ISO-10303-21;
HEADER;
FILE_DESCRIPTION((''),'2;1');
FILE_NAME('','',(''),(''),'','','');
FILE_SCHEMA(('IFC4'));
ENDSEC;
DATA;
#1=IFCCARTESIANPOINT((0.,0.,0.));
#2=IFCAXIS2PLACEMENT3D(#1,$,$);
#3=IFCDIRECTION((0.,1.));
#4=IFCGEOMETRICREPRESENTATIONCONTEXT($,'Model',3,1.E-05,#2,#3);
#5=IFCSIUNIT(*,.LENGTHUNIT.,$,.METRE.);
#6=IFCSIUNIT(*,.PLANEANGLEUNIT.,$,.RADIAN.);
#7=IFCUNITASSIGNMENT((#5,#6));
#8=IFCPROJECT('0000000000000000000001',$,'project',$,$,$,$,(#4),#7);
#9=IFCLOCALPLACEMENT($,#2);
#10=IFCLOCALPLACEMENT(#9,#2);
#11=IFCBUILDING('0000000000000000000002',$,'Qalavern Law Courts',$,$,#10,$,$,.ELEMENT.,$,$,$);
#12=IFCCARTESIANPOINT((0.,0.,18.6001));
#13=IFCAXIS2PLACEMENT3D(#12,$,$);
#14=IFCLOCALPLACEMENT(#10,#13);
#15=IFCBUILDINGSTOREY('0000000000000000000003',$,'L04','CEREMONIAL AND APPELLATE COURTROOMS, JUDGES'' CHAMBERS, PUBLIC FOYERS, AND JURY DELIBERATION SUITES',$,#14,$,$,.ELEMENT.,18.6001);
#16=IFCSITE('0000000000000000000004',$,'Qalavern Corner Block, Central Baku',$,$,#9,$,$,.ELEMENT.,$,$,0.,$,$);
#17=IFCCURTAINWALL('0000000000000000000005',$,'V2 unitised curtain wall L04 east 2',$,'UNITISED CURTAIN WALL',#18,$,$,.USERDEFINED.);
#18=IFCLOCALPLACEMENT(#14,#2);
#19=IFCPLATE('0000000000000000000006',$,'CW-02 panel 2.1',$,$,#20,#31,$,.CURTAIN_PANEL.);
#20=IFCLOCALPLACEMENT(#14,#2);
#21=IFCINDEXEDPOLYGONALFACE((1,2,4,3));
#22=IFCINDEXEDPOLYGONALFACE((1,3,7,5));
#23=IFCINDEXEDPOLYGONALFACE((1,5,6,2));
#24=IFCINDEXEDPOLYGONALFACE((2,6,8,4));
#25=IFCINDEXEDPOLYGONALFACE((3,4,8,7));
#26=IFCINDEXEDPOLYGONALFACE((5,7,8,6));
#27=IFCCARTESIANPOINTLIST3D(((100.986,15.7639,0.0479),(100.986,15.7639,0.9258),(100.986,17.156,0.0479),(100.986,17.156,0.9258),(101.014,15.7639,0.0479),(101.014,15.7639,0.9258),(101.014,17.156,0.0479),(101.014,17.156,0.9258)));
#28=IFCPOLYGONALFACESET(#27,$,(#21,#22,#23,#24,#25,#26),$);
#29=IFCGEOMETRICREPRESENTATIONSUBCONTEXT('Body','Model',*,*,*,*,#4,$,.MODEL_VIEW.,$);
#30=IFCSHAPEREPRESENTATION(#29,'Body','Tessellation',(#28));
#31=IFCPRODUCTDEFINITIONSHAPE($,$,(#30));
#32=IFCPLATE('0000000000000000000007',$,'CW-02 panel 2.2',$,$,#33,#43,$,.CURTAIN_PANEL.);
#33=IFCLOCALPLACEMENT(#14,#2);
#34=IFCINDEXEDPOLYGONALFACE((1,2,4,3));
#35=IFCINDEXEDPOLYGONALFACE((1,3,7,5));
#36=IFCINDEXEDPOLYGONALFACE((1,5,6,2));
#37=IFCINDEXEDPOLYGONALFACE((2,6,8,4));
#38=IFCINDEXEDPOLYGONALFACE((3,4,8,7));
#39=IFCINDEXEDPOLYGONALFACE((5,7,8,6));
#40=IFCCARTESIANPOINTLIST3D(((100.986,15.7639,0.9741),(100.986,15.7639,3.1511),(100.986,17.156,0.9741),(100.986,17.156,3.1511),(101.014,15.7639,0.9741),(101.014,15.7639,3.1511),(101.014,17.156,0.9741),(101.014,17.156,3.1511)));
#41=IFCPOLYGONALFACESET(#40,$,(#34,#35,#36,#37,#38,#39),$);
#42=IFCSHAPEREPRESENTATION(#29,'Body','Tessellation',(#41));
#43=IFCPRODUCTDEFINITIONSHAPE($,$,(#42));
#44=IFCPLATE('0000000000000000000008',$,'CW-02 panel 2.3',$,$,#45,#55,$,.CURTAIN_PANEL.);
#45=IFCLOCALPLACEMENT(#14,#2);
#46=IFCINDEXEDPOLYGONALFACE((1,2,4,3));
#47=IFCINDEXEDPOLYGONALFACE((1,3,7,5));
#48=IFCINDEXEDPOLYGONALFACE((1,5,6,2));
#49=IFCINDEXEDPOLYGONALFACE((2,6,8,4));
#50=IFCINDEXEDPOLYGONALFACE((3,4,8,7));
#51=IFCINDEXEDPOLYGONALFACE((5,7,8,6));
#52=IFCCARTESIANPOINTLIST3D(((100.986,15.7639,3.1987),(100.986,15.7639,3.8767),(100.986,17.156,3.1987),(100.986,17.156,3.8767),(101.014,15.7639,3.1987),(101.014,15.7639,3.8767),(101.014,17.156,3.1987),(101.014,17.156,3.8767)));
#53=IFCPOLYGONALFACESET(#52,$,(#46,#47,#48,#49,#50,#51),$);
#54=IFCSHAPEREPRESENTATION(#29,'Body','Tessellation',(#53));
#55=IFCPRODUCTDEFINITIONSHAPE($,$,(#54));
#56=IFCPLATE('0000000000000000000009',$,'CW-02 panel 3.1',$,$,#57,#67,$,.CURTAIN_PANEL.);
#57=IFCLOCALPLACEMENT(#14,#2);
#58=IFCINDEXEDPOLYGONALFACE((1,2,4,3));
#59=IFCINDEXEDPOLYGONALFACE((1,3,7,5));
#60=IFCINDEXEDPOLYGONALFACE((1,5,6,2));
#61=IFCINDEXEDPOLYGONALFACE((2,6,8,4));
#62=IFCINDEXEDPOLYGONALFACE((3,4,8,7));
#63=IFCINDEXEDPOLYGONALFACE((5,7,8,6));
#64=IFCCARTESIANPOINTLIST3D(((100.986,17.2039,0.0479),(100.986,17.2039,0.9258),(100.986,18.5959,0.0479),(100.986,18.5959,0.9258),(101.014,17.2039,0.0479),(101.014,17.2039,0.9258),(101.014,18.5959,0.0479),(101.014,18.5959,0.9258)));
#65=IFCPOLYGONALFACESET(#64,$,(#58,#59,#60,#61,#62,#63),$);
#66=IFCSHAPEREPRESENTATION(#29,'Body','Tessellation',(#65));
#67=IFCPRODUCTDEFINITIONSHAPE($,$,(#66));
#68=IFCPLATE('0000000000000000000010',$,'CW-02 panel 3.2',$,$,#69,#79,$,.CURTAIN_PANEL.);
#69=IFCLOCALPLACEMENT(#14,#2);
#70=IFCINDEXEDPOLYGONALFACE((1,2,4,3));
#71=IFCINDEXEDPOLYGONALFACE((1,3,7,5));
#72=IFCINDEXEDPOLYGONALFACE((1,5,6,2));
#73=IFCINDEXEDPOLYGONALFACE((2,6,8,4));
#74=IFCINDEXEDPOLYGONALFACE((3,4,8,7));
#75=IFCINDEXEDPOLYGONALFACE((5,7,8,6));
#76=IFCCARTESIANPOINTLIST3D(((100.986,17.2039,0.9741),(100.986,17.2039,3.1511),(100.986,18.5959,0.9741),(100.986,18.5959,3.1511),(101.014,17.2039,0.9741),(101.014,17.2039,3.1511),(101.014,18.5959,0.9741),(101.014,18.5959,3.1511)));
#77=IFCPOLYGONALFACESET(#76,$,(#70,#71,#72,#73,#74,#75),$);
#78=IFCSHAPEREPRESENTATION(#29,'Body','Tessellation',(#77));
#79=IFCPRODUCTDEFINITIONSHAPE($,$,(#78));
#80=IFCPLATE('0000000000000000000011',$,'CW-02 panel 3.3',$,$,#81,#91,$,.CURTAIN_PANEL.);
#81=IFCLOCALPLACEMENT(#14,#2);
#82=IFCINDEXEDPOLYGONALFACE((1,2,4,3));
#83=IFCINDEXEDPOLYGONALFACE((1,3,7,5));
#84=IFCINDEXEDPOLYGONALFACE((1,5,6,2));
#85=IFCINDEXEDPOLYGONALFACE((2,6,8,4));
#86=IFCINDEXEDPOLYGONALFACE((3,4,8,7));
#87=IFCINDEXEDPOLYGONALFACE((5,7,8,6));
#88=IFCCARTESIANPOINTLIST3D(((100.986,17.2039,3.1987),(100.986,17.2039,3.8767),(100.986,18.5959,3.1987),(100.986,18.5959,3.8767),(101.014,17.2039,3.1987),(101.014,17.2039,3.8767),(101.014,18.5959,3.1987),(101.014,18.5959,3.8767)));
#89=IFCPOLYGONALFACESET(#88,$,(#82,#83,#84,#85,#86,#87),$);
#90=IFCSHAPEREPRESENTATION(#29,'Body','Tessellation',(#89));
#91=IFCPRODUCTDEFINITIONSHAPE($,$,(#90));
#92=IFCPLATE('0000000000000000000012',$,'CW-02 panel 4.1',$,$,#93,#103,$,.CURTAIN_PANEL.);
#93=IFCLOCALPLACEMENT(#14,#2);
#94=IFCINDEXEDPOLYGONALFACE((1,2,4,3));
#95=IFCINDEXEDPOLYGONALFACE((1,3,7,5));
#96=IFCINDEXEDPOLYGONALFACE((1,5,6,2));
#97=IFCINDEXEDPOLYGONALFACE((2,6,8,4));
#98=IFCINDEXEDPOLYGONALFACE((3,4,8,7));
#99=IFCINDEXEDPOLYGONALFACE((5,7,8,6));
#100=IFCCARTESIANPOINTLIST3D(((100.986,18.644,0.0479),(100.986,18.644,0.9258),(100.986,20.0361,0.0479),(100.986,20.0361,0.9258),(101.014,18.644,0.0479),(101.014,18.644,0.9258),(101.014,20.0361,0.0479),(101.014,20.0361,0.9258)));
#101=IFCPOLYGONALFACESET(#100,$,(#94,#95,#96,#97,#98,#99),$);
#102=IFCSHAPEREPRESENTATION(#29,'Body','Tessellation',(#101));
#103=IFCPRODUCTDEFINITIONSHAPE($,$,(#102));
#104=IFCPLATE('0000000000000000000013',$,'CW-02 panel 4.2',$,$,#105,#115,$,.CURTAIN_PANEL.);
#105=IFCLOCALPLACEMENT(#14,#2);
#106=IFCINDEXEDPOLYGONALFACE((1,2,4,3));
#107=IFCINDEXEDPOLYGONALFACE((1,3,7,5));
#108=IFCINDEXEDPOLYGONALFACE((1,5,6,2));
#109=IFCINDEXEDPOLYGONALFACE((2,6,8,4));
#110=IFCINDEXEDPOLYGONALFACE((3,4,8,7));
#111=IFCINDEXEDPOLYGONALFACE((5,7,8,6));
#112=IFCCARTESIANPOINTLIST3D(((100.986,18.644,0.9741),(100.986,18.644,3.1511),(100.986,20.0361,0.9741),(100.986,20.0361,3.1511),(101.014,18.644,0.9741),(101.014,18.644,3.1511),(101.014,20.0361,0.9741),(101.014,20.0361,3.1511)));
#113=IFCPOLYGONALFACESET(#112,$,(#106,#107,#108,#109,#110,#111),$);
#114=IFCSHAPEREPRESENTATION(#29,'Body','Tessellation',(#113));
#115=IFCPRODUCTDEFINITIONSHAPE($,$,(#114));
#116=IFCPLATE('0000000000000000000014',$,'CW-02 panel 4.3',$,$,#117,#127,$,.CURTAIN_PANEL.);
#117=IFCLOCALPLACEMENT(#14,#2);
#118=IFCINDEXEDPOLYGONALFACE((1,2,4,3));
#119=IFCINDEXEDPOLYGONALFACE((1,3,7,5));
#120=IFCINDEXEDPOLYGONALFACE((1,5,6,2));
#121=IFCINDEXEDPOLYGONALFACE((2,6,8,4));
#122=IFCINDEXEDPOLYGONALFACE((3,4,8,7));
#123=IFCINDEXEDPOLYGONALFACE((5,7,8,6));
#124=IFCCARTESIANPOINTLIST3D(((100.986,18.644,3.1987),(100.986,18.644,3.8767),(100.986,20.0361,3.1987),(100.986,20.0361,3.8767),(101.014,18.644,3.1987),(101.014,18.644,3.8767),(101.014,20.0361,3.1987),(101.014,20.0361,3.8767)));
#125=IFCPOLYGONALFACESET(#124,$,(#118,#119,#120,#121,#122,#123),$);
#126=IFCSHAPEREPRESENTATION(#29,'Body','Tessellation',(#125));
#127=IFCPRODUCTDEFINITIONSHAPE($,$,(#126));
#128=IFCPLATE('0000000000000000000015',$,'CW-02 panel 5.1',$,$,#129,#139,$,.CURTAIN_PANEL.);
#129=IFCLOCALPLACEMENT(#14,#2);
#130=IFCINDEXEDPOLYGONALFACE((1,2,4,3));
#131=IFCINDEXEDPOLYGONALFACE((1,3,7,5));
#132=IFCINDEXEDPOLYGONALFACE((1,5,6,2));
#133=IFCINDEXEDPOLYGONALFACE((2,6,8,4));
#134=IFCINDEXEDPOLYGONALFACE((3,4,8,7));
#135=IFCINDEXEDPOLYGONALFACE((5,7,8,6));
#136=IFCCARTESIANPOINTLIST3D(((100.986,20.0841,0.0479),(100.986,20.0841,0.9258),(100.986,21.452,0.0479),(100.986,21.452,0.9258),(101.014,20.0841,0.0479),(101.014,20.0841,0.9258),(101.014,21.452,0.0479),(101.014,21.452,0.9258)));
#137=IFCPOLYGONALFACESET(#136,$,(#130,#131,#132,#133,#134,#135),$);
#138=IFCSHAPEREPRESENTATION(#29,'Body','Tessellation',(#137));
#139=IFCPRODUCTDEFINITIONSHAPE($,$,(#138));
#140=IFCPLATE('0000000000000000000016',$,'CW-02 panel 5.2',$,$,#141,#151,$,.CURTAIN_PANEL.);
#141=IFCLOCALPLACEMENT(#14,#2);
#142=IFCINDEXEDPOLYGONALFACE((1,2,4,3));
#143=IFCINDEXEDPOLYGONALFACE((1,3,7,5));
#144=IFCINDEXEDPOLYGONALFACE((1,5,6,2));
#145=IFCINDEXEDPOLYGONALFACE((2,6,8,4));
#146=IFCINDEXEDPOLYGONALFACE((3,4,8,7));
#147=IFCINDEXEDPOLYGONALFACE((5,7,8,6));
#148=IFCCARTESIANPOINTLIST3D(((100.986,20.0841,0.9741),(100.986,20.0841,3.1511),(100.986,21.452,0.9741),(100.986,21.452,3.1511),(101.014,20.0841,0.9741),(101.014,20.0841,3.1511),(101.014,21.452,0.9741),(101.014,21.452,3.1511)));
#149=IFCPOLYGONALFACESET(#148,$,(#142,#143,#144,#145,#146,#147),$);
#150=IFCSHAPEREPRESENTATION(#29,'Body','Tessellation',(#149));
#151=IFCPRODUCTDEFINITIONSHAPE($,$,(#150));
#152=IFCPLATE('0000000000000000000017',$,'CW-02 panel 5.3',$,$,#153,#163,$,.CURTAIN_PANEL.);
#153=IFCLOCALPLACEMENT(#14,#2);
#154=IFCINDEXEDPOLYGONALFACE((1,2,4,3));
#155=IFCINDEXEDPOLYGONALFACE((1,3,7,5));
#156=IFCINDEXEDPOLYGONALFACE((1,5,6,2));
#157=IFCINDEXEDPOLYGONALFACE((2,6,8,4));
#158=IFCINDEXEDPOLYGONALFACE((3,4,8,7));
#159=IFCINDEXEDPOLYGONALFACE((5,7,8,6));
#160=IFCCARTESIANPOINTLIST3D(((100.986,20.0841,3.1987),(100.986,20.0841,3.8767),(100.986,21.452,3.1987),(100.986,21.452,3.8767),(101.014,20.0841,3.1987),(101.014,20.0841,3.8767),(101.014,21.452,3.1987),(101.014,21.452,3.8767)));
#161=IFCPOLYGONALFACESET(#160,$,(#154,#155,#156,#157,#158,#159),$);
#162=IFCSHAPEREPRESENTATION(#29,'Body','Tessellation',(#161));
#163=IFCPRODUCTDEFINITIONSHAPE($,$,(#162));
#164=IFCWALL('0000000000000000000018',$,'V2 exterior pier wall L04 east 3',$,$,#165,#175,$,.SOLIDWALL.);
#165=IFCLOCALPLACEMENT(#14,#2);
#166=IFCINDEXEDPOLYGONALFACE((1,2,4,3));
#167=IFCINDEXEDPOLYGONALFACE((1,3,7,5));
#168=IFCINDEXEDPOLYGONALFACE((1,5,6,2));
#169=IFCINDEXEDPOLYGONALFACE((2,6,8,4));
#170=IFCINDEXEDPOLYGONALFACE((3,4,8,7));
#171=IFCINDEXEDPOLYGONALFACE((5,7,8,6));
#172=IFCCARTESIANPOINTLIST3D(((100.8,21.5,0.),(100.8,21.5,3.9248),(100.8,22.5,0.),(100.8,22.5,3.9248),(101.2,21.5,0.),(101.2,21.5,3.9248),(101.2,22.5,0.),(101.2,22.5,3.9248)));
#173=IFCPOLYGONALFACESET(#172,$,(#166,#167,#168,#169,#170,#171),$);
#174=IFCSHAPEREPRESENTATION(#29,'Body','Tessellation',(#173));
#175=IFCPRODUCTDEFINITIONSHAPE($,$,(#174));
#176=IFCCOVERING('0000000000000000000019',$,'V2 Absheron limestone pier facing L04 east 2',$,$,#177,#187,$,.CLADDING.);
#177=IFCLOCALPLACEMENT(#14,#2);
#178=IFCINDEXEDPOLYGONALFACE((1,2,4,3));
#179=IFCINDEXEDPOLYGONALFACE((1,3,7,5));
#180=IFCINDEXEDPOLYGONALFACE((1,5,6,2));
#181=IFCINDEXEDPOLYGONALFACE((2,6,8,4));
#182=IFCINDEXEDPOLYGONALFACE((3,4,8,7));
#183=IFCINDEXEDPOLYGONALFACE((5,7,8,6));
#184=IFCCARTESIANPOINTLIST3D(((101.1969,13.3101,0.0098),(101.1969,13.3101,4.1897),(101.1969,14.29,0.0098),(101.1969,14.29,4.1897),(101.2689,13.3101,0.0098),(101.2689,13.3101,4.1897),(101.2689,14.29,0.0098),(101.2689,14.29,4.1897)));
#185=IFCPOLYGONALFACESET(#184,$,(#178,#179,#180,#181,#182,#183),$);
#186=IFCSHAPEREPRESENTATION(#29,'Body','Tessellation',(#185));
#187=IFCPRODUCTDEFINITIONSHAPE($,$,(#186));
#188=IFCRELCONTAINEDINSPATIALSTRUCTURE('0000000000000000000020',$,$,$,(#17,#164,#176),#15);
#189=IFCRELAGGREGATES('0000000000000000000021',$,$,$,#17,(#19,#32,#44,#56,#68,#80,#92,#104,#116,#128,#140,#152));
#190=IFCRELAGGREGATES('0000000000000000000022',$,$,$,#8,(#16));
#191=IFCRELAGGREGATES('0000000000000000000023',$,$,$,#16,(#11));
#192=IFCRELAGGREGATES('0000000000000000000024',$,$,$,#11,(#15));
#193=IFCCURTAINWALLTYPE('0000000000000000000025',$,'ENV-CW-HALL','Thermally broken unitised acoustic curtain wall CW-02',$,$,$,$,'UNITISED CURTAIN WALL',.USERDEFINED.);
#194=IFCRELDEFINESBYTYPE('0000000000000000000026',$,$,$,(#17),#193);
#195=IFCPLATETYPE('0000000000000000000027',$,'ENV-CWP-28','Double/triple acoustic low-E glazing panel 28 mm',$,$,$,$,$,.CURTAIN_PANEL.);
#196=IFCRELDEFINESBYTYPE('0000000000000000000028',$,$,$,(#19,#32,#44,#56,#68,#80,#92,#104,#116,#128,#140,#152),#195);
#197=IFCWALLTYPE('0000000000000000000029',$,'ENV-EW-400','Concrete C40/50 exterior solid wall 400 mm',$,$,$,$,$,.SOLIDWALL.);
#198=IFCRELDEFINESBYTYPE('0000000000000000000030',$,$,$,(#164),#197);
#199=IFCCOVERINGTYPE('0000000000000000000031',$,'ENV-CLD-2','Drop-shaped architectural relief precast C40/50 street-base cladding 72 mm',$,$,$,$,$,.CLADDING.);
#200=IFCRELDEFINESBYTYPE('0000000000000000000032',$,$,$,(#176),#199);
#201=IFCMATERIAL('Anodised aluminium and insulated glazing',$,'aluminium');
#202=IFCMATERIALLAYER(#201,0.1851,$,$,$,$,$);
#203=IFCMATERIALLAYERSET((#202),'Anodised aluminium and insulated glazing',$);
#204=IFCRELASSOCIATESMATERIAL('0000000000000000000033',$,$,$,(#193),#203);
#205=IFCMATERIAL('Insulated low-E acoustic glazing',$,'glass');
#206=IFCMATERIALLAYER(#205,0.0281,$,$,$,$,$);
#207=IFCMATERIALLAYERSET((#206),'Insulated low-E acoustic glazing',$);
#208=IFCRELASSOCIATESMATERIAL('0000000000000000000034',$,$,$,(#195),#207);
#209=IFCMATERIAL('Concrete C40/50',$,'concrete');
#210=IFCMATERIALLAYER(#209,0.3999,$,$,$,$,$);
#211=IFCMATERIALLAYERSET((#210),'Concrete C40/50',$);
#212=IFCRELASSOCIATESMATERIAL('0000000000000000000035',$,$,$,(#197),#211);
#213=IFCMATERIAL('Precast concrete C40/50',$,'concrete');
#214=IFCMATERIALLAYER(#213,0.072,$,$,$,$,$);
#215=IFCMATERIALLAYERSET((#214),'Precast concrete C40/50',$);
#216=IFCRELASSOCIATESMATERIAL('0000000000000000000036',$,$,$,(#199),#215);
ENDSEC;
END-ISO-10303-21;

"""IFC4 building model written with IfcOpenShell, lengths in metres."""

from ifc_helpers import new_model, si_unit, direction, frame, frame_2d, origin, origin_2d, place, context, subcontext, project, spatial, rectangle, extrude, material, layer, layer_set, type_object, element, aggregate, save


model = new_model("IFC4")

# Units and contexts
model_context = context("Model", 3, precision=1e-05, world=origin(), true_north=direction((0.0, 1.0)))
body_context = subcontext(model_context, "Body", "Model", "MODEL_VIEW")
ifc_project = project(units=[si_unit("LENGTHUNIT", "METRE"), si_unit("PLANEANGLEUNIT", "RADIAN")], contexts=[model_context])

# Site, building, storey
site_placement = place(None, origin())
site = spatial("IfcSite", under=ifc_project, at=site_placement, Name="Qalavern Corner Block, Central Baku", CompositionType="ELEMENT", RefElevation=0.0)
building_placement = place(site_placement, origin())
building = spatial("IfcBuilding", under=site, at=building_placement, Name="Qalavern Law Courts", CompositionType="ELEMENT")
storey_placement = place(building_placement, frame((0.0, 0.0, 18.6001)))
storey = spatial("IfcBuildingStorey", under=building, at=storey_placement, Name="L04", Description="CEREMONIAL AND APPELLATE COURTROOMS, JUDGES' CHAMBERS, PUBLIC FOYERS, AND JURY DELIBERATION SUITES", CompositionType="ELEMENT", Elevation=18.6001)

# Curtain wall, plates
ifc_material_1 = material(Name="Anodised aluminium and insulated glazing", Category="aluminium")
ifc_layer_1 = layer(ifc_material_1, 0.1851)
ifc_layer_set_1 = layer_set([ifc_layer_1], Name="Anodised aluminium and insulated glazing")
curtain_wall_type = type_object("IfcCurtainWallType", Name="ENV-CW-HALL", Description="Thermally broken unitised acoustic curtain wall CW-02", ElementType="UNITISED CURTAIN WALL", PredefinedType="USERDEFINED", material=ifc_layer_set_1)
curtain_wall_placement = place(storey_placement, origin())
curtain_wall = element("IfcCurtainWall", 1, at=curtain_wall_placement, inside=storey, type_object=curtain_wall_type, Name="V2 unitised curtain wall L04 east 2", ObjectType="UNITISED CURTAIN WALL", PredefinedType="USERDEFINED")
ifc_material_2 = material(Name="Insulated low-E acoustic glazing", Category="glass")
ifc_layer_2 = layer(ifc_material_2, 0.0281)
ifc_layer_set_2 = layer_set([ifc_layer_2], Name="Insulated low-E acoustic glazing")
plate_type = type_object("IfcPlateType", Name="ENV-CWP-28", Description="Double/triple acoustic low-E glazing panel 28 mm", PredefinedType="CURTAIN_PANEL", material=ifc_layer_set_2)
plate_1_placement = place(storey_placement, frame((101.0, 16.46, 0.0479), z_axis=(0.0, 0.0, 1.0), x_axis=(0.0, 1.0, 0.0)))
plate_1 = element("IfcPlate", 2, at=plate_1_placement, type_object=plate_type, Name="CW-02 panel 2.1", PredefinedType="CURTAIN_PANEL", context=body_context, shape_type="SweptSolid", body=[
    extrude(rectangle(XDim=1.3921, YDim=0.0281, at=origin_2d()), origin(), (0.0, 0.0, 1.0), 0.8779),
])
plate_2_placement = place(storey_placement, frame((101.0, 16.46, 0.9741), z_axis=(0.0, 0.0, 1.0), x_axis=(0.0, 1.0, 0.0)))
plate_2 = element("IfcPlate", 3, at=plate_2_placement, type_object=plate_type, Name="CW-02 panel 2.2", PredefinedType="CURTAIN_PANEL", context=body_context, shape_type="SweptSolid", body=[
    extrude(rectangle(XDim=1.3921, YDim=0.0281, at=origin_2d()), origin(), (0.0, 0.0, 1.0), 2.177),
])
plate_3_placement = place(storey_placement, frame((101.0, 16.46, 3.1987), z_axis=(0.0, 0.0, 1.0), x_axis=(0.0, 1.0, 0.0)))
plate_3 = element("IfcPlate", 4, at=plate_3_placement, type_object=plate_type, Name="CW-02 panel 2.3", PredefinedType="CURTAIN_PANEL", context=body_context, shape_type="SweptSolid", body=[
    extrude(rectangle(XDim=1.3921, YDim=0.0281, at=origin_2d()), origin(), (0.0, 0.0, 1.0), 0.678),
])
plate_4_placement = place(storey_placement, frame((101.0, 17.8999, 0.0479), z_axis=(0.0, 0.0, 1.0), x_axis=(0.0, 1.0, 0.0)))
plate_4 = element("IfcPlate", 5, at=plate_4_placement, type_object=plate_type, Name="CW-02 panel 3.1", PredefinedType="CURTAIN_PANEL", context=body_context, shape_type="SweptSolid", body=[
    extrude(rectangle(XDim=1.3921, YDim=0.0281, at=origin_2d()), origin(), (0.0, 0.0, 1.0), 0.8779),
])
plate_5_placement = place(storey_placement, frame((101.0, 17.8999, 0.9741), z_axis=(0.0, 0.0, 1.0), x_axis=(0.0, 1.0, 0.0)))
plate_5 = element("IfcPlate", 6, at=plate_5_placement, type_object=plate_type, Name="CW-02 panel 3.2", PredefinedType="CURTAIN_PANEL", context=body_context, shape_type="SweptSolid", body=[
    extrude(rectangle(XDim=1.3921, YDim=0.0281, at=origin_2d()), origin(), (0.0, 0.0, 1.0), 2.177),
])
plate_6_placement = place(storey_placement, frame((101.0, 17.8999, 3.1987), z_axis=(0.0, 0.0, 1.0), x_axis=(0.0, 1.0, 0.0)))
plate_6 = element("IfcPlate", 7, at=plate_6_placement, type_object=plate_type, Name="CW-02 panel 3.3", PredefinedType="CURTAIN_PANEL", context=body_context, shape_type="SweptSolid", body=[
    extrude(rectangle(XDim=1.3921, YDim=0.0281, at=origin_2d()), origin(), (0.0, 0.0, 1.0), 0.678),
])
plate_7_placement = place(storey_placement, frame((101.0, 19.3401, 0.0479), z_axis=(0.0, 0.0, 1.0), x_axis=(0.0, 1.0, 0.0)))
plate_7 = element("IfcPlate", 8, at=plate_7_placement, type_object=plate_type, Name="CW-02 panel 4.1", PredefinedType="CURTAIN_PANEL", context=body_context, shape_type="SweptSolid", body=[
    extrude(rectangle(XDim=1.3921, YDim=0.0281, at=origin_2d()), origin(), (0.0, 0.0, 1.0), 0.8779),
])
plate_8_placement = place(storey_placement, frame((101.0, 19.3401, 0.9741), z_axis=(0.0, 0.0, 1.0), x_axis=(0.0, 1.0, 0.0)))
plate_8 = element("IfcPlate", 9, at=plate_8_placement, type_object=plate_type, Name="CW-02 panel 4.2", PredefinedType="CURTAIN_PANEL", context=body_context, shape_type="SweptSolid", body=[
    extrude(rectangle(XDim=1.3921, YDim=0.0281, at=origin_2d()), origin(), (0.0, 0.0, 1.0), 2.177),
])
plate_9_placement = place(storey_placement, frame((101.0, 19.3401, 3.1987), z_axis=(0.0, 0.0, 1.0), x_axis=(0.0, 1.0, 0.0)))
plate_9 = element("IfcPlate", 10, at=plate_9_placement, type_object=plate_type, Name="CW-02 panel 4.3", PredefinedType="CURTAIN_PANEL", context=body_context, shape_type="SweptSolid", body=[
    extrude(rectangle(XDim=1.3921, YDim=0.0281, at=origin_2d()), origin(), (0.0, 0.0, 1.0), 0.678),
])
plate_10_placement = place(storey_placement, frame((101.0, 20.7681, 0.0479), z_axis=(0.0, 0.0, 1.0), x_axis=(0.0, 1.0, 0.0)))
plate_10 = element("IfcPlate", 11, at=plate_10_placement, type_object=plate_type, Name="CW-02 panel 5.1", PredefinedType="CURTAIN_PANEL", context=body_context, shape_type="SweptSolid", body=[
    extrude(rectangle(XDim=1.3679, YDim=0.0281, at=origin_2d()), origin(), (0.0, 0.0, 1.0), 0.8779),
])
plate_11_placement = place(storey_placement, frame((101.0, 20.7681, 0.9741), z_axis=(0.0, 0.0, 1.0), x_axis=(0.0, 1.0, 0.0)))
plate_11 = element("IfcPlate", 12, at=plate_11_placement, type_object=plate_type, Name="CW-02 panel 5.2", PredefinedType="CURTAIN_PANEL", context=body_context, shape_type="SweptSolid", body=[
    extrude(rectangle(XDim=1.3679, YDim=0.0281, at=origin_2d()), origin(), (0.0, 0.0, 1.0), 2.177),
])
plate_12_placement = place(storey_placement, frame((101.0, 20.7681, 3.1987), z_axis=(0.0, 0.0, 1.0), x_axis=(0.0, 1.0, 0.0)))
plate_12 = element("IfcPlate", 13, at=plate_12_placement, type_object=plate_type, Name="CW-02 panel 5.3", PredefinedType="CURTAIN_PANEL", context=body_context, shape_type="SweptSolid", body=[
    extrude(rectangle(XDim=1.3679, YDim=0.0281, at=origin_2d()), origin(), (0.0, 0.0, 1.0), 0.678),
])
aggregate(curtain_wall, [plate_1, plate_2, plate_3, plate_4, plate_5, plate_6, plate_7, plate_8, plate_9, plate_10, plate_11, plate_12])

# Wall
ifc_material_3 = material(Name="Concrete C40/50", Category="concrete")
ifc_layer_3 = layer(ifc_material_3, 0.3999)
ifc_layer_set_3 = layer_set([ifc_layer_3], Name="Concrete C40/50")
wall_type = type_object("IfcWallType", Name="ENV-EW-400", Description="Concrete C40/50 exterior solid wall 400 mm", PredefinedType="SOLIDWALL", material=ifc_layer_set_3)
wall_placement = place(storey_placement, frame((101.0, 21.5, 0.0), z_axis=(0.0, 0.0, 1.0), x_axis=(0.0, 1.0, 0.0)))
element("IfcWall", 14, at=wall_placement, inside=storey, type_object=wall_type, Name="V2 exterior pier wall L04 east 3", PredefinedType="SOLIDWALL", context=body_context, shape_type="SweptSolid", body=[
    extrude(rectangle(XDim=1.0, YDim=0.3999, at=frame_2d((0.5, 0.0))), origin(), (0.0, 0.0, 1.0), 3.9248),
])

# Covering
ifc_material_4 = material(Name="Precast concrete C40/50", Category="concrete")
ifc_layer_4 = layer(ifc_material_4, 0.072)
ifc_layer_set_4 = layer_set([ifc_layer_4], Name="Precast concrete C40/50")
covering_type = type_object("IfcCoveringType", Name="ENV-CLD-2", Description="Drop-shaped architectural relief precast C40/50 street-base cladding 72 mm", PredefinedType="CLADDING", material=ifc_layer_set_4)
covering_placement = place(storey_placement, frame((101.2329, 13.8, 0.0098), z_axis=(0.0, 0.0, 1.0), x_axis=(0.0, 1.0, 0.0)))
element("IfcCovering", 15, at=covering_placement, inside=storey, type_object=covering_type, Name="V2 Absheron limestone pier facing L04 east 2", PredefinedType="CLADDING", context=body_context, shape_type="SweptSolid", body=[
    extrude(rectangle(XDim=0.98, YDim=0.072, at=origin_2d()), origin(), (0.0, 0.0, 1.0), 4.1799),
])

save(model, "model.ifc")
